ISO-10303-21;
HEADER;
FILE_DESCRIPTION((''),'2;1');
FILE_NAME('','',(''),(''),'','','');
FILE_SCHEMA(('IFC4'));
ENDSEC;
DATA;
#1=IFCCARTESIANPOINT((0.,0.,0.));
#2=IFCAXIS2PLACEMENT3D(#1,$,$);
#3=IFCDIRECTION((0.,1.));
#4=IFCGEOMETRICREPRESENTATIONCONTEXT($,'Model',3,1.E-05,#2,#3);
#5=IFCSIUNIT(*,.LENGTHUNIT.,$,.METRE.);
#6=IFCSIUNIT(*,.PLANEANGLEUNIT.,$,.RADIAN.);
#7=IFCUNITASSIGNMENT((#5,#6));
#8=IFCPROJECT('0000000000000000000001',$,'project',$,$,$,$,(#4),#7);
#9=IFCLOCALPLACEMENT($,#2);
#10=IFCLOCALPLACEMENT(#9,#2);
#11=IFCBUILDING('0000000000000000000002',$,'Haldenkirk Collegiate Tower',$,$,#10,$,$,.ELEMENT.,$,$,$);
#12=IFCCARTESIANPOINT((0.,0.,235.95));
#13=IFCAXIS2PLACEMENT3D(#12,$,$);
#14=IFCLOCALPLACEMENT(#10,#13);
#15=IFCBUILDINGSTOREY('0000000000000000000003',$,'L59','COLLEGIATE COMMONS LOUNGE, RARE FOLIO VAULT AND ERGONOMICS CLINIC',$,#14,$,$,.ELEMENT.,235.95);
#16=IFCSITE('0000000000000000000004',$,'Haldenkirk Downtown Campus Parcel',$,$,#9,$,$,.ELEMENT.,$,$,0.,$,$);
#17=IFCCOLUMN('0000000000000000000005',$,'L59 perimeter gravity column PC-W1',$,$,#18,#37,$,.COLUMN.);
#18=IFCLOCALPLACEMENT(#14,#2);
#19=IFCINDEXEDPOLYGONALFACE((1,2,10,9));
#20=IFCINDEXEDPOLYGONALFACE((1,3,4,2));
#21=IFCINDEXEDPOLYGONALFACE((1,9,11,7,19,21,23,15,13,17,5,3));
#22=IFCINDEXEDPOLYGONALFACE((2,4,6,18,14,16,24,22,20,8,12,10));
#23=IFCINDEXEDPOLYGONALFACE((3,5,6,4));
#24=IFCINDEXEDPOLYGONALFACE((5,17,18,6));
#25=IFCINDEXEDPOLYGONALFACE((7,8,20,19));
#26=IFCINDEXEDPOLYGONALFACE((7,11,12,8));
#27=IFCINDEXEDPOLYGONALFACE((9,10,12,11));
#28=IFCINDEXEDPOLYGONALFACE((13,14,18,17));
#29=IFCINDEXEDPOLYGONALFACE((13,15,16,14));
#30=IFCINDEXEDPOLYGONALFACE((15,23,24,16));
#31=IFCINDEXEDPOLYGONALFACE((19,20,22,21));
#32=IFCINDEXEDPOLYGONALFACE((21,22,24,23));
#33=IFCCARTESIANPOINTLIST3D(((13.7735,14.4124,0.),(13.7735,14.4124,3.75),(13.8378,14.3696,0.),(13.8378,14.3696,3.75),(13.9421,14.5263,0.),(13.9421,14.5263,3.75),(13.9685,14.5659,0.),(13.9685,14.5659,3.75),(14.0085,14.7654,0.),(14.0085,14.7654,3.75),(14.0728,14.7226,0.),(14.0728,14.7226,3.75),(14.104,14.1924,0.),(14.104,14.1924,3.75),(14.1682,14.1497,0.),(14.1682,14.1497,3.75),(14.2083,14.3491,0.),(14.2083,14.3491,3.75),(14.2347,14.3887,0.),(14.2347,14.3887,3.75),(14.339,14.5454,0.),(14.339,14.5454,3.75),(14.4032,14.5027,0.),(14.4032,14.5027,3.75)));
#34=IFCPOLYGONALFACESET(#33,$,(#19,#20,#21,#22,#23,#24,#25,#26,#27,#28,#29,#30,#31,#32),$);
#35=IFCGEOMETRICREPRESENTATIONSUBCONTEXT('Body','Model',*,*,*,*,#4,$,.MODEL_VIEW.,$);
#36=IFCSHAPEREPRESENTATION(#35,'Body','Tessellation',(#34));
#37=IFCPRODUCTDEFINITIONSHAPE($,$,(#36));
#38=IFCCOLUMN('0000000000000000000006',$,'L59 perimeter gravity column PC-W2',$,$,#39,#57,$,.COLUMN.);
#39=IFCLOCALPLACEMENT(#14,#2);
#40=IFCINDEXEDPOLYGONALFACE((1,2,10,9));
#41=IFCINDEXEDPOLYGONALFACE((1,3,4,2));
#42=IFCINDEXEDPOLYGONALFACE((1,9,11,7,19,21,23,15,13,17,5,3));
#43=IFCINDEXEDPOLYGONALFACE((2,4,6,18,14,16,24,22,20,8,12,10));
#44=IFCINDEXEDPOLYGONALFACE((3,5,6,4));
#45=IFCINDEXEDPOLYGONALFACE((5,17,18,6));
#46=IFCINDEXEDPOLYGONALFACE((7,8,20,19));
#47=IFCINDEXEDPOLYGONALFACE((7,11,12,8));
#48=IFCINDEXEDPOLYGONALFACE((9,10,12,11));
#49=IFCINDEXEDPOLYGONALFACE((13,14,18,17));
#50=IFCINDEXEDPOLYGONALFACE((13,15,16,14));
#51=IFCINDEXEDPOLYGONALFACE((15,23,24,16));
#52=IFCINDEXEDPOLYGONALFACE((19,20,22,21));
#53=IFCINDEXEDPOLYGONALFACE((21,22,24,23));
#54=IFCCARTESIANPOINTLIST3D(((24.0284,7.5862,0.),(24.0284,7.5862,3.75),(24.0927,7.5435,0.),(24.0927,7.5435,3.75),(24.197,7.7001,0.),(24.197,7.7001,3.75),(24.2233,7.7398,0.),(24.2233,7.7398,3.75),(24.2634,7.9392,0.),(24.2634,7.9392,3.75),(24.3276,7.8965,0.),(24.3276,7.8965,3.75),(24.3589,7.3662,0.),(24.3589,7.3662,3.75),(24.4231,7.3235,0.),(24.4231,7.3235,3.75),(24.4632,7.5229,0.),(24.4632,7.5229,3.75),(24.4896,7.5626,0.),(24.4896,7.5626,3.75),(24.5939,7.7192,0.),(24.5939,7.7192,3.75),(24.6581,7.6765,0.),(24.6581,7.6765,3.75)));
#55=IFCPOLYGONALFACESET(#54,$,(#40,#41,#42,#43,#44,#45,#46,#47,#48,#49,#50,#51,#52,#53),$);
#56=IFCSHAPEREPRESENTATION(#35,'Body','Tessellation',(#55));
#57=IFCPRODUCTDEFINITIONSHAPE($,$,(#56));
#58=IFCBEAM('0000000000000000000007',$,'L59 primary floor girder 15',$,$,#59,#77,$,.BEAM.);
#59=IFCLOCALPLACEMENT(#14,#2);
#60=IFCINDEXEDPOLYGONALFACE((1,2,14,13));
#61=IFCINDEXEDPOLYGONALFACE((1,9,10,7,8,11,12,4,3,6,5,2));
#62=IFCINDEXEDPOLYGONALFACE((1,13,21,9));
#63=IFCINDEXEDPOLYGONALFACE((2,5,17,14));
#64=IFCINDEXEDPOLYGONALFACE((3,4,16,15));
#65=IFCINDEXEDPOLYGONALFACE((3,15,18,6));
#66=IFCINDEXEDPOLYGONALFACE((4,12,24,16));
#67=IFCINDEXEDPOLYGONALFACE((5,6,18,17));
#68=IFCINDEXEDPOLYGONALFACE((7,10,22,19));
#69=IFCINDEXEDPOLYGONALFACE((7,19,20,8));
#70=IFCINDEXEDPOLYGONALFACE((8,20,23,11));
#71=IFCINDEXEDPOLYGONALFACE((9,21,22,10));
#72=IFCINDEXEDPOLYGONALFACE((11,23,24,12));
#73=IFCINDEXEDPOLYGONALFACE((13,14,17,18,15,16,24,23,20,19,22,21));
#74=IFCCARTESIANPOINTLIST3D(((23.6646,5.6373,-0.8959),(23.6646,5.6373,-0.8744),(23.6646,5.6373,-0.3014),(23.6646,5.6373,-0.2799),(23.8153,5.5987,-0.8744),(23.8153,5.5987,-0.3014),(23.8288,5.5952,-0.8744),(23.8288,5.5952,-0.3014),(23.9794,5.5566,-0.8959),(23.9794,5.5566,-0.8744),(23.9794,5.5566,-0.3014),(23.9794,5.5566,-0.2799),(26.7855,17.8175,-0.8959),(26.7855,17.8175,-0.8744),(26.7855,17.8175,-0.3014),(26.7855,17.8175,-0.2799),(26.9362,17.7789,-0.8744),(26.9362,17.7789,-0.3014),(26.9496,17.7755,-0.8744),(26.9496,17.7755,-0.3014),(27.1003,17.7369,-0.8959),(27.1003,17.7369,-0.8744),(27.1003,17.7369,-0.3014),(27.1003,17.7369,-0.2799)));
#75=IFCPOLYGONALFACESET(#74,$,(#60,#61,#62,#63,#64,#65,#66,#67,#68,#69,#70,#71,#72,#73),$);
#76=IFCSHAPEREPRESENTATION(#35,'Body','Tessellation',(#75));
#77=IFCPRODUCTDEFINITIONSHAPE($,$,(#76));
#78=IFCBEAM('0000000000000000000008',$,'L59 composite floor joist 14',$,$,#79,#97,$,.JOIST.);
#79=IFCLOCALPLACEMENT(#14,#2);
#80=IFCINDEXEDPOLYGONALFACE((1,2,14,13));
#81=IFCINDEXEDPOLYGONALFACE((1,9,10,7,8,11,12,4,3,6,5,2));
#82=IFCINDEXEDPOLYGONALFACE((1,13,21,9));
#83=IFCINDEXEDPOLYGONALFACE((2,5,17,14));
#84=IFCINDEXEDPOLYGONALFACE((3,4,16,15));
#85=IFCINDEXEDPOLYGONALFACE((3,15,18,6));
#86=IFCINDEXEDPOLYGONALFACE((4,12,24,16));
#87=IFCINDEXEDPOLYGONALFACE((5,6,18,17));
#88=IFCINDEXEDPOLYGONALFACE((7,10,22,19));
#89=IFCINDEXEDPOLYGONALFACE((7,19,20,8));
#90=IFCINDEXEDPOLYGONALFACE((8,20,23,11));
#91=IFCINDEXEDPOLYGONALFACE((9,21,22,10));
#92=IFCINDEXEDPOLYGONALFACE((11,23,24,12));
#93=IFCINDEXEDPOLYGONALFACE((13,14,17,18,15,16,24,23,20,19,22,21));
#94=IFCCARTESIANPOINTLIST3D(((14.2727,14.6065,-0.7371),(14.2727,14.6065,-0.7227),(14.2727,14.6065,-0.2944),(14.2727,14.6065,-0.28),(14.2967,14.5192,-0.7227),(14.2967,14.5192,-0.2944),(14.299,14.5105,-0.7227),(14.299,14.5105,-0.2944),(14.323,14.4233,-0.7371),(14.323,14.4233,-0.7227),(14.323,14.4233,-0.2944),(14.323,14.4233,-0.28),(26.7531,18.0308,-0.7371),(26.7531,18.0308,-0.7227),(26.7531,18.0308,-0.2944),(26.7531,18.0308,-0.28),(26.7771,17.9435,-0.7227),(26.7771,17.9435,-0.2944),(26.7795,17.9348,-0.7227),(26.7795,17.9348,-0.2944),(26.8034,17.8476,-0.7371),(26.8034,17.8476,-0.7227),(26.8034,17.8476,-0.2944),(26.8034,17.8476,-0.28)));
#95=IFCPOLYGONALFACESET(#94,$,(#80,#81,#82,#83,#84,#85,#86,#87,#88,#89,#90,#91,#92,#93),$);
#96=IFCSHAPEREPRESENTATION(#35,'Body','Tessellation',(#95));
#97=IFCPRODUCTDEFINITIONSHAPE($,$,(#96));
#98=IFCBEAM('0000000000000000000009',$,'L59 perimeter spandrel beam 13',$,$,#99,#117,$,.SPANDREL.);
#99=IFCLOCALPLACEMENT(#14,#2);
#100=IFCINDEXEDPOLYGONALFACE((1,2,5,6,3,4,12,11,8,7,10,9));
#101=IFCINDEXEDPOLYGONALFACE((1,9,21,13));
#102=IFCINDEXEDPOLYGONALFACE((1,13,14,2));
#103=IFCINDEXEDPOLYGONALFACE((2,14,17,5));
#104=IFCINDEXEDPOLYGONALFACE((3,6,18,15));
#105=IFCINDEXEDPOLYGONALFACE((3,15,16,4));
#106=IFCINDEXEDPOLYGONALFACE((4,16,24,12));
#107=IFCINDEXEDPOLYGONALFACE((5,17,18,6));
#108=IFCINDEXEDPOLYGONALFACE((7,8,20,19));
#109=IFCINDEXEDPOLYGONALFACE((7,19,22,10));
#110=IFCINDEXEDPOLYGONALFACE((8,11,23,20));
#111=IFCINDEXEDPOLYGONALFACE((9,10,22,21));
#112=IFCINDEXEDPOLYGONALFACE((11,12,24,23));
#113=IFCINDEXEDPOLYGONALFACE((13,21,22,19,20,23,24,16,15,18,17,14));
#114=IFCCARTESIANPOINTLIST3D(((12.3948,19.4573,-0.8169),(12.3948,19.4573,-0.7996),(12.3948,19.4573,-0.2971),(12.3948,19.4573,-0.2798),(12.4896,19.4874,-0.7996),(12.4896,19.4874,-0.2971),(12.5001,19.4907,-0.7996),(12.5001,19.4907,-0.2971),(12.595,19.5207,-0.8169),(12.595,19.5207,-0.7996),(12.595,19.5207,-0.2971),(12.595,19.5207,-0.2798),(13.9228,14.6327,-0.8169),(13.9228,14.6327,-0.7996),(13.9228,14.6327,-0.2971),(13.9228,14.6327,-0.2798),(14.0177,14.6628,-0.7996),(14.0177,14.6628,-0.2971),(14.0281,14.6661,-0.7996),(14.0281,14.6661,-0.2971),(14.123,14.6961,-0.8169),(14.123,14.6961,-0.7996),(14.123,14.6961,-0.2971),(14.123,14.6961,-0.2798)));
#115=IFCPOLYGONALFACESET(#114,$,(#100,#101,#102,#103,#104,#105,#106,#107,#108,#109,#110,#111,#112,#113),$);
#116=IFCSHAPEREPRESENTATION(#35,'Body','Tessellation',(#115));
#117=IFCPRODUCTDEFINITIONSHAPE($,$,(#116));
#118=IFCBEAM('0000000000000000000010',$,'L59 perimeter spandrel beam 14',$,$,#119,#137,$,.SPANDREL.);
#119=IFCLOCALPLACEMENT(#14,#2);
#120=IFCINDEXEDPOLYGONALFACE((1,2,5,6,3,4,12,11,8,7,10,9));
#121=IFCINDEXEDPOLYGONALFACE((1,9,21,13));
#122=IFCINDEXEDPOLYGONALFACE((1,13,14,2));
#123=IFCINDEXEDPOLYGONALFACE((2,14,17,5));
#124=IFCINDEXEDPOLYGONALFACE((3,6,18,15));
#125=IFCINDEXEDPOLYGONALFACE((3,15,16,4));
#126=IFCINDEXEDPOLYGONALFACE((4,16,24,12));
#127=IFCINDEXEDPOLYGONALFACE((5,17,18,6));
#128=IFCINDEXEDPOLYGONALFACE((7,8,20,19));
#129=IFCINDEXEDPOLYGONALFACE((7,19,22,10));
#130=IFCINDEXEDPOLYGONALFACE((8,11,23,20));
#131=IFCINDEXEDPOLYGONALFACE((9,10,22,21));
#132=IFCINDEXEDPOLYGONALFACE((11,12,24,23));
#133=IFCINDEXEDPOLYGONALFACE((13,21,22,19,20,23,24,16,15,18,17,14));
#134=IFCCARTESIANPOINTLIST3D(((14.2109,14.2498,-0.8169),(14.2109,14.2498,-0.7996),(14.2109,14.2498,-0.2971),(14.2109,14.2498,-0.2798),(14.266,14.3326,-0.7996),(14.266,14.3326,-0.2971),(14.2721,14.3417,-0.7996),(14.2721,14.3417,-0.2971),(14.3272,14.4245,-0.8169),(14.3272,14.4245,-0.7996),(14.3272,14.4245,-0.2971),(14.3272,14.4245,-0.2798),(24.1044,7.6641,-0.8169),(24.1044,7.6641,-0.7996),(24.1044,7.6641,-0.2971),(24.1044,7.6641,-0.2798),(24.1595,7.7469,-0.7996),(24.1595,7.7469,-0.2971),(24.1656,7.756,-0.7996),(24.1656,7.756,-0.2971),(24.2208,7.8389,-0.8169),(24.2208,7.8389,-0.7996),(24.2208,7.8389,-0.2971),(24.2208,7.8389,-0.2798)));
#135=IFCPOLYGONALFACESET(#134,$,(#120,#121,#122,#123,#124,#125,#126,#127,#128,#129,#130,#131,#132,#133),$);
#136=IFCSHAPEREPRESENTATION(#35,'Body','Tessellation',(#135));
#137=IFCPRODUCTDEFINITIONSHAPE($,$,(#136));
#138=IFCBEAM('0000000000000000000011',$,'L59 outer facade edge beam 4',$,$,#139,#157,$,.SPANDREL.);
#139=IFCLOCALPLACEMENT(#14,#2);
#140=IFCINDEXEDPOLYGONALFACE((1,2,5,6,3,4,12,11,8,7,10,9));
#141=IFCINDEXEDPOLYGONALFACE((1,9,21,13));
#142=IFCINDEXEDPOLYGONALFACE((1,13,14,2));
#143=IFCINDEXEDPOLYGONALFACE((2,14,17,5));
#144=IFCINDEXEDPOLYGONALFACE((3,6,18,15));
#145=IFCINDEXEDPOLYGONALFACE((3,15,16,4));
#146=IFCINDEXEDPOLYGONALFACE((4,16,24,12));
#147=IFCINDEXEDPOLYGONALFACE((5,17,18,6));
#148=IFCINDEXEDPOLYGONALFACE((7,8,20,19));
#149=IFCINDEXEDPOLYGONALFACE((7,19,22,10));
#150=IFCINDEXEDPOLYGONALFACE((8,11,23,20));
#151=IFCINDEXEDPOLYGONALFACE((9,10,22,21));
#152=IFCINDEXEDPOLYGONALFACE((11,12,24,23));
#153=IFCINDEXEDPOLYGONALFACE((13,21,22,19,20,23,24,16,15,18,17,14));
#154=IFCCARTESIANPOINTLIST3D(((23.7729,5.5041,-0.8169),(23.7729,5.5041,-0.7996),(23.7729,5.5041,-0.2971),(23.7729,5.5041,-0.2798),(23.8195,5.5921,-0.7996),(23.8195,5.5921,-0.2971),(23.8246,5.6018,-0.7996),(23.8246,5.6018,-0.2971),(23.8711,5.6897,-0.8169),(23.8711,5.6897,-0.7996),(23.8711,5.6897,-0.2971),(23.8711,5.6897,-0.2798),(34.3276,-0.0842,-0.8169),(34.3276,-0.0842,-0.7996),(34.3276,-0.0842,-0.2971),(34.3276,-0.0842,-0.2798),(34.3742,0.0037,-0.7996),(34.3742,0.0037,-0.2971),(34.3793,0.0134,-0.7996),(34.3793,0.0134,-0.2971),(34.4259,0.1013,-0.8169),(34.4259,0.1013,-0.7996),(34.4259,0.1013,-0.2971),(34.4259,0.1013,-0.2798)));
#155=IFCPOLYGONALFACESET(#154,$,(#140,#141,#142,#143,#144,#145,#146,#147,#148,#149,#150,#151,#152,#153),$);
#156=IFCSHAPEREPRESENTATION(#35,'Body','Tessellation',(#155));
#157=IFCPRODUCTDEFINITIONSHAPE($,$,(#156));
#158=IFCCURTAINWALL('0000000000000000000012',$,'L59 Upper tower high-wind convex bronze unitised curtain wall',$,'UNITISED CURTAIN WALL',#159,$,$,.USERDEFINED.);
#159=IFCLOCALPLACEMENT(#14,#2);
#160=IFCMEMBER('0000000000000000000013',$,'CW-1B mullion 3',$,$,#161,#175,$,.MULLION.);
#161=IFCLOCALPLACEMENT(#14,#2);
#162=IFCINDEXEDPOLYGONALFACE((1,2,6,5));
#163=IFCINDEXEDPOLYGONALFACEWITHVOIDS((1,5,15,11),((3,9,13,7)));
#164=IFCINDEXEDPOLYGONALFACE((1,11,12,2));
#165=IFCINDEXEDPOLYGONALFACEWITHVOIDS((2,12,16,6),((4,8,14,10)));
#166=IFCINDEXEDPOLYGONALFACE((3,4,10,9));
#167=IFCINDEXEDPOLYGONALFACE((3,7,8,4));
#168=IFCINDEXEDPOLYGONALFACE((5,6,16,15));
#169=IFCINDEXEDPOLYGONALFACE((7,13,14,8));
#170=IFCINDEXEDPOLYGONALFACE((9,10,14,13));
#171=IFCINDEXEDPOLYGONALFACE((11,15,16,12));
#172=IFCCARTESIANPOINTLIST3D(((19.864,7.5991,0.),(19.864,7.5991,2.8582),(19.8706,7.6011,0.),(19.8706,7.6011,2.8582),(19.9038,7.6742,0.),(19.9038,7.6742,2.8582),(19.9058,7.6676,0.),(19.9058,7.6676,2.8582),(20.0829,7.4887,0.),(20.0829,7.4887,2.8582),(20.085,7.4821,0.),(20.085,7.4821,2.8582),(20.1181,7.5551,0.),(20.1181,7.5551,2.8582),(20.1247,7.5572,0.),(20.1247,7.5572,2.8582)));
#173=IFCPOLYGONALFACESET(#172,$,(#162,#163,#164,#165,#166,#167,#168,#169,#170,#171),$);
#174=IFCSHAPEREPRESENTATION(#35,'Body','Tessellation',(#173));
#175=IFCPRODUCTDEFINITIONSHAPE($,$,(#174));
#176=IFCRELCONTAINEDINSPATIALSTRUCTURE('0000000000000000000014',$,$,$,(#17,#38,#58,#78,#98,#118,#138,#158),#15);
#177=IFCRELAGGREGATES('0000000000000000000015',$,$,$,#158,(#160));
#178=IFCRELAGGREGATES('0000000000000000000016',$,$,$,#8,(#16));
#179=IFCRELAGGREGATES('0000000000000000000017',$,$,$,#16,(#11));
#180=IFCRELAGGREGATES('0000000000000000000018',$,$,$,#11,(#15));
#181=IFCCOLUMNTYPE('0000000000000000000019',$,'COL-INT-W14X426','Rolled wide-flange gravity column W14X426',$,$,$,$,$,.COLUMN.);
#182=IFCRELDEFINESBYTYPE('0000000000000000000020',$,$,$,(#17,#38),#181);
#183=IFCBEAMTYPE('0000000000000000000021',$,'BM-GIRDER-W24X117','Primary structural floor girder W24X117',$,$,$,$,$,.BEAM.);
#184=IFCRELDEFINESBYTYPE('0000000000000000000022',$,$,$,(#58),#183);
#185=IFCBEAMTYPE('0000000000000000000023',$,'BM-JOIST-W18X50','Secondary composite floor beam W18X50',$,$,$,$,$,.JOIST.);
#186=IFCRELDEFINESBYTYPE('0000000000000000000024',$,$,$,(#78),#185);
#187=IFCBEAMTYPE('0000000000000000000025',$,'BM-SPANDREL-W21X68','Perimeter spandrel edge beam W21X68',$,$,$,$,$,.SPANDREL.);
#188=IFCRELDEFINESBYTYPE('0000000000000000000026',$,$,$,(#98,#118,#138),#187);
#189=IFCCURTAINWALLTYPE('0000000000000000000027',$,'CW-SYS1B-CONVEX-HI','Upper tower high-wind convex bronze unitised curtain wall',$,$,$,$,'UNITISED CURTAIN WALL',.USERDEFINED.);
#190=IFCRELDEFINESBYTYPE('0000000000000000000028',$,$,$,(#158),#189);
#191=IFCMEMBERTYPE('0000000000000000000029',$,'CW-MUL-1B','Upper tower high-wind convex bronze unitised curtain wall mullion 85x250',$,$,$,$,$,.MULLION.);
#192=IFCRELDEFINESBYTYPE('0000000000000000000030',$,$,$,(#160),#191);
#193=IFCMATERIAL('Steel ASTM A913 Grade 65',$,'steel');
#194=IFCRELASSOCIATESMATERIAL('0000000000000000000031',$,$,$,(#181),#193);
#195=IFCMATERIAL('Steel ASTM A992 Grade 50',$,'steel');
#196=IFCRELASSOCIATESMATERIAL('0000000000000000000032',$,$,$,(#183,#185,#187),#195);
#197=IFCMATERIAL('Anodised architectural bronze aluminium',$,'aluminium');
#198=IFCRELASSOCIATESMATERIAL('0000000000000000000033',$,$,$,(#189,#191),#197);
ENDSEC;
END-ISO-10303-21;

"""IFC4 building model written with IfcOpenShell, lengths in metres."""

from ifc_helpers import new_model, si_unit, direction, frame, origin, origin_2d, place, context, subcontext, project, spatial, hollow_rectangle, i_section, extrude, material, material_profile, profile_set, type_object, element, aggregate, save


model = new_model("IFC4")

# Units and contexts
model_context = context("Model", 3, precision=1e-05, world=origin(), true_north=direction((0.0, 1.0)))
body_context = subcontext(model_context, "Body", "Model", "MODEL_VIEW")
ifc_project = project(units=[si_unit("LENGTHUNIT", "METRE"), si_unit("PLANEANGLEUNIT", "RADIAN")], contexts=[model_context])

# Site, building, storey
site_placement = place(None, origin())
site = spatial("IfcSite", under=ifc_project, at=site_placement, Name="Haldenkirk Downtown Campus Parcel", CompositionType="ELEMENT", RefElevation=0.0)
building_placement = place(site_placement, origin())
building = spatial("IfcBuilding", under=site, at=building_placement, Name="Haldenkirk Collegiate Tower", CompositionType="ELEMENT")
storey_placement = place(building_placement, frame((0.0, 0.0, 235.95)))
storey = spatial("IfcBuildingStorey", under=building, at=storey_placement, Name="L59", Description="COLLEGIATE COMMONS LOUNGE, RARE FOLIO VAULT AND ERGONOMICS CLINIC", CompositionType="ELEMENT", Elevation=235.95)

# Columns
ifc_material_1 = material(Name="Steel ASTM A913 Grade 65", Category="steel")
ifc_material_profile_1 = material_profile(ifc_material_1, i_section(OverallWidth=0.4241, OverallDepth=0.4741, WebThickness=0.0476, FlangeThickness=0.0771, at=origin_2d()), Name="W14X426")
ifc_profile_set_1 = profile_set([ifc_material_profile_1], Name="Steel ASTM A913 Grade 65")
column_type = type_object("IfcColumnType", Name="COL-INT-W14X426", Description="Rolled wide-flange gravity column W14X426", PredefinedType="COLUMN", material=ifc_profile_set_1)
for number, where, z_axis, x_axis, name in (
    (1, (14.0884, 14.4575, 0.0), (0.0, 0.0, 1.0), (0.554118, 0.832438, 0.0), "L59 perimeter gravity column PC-W1"),
    (2, (24.3433, 7.6313, 0.0), (0.0, 0.0, 1.0), (0.554118, 0.832438, 0.0), "L59 perimeter gravity column PC-W2"),
):
    element("IfcColumn", number, at=place(storey_placement, frame(where, z_axis=z_axis, x_axis=x_axis)), inside=storey, type_object=column_type, Name=name, PredefinedType="COLUMN", context=body_context, shape_type="SweptSolid", body=[
        extrude(i_section(OverallWidth=0.4241, OverallDepth=0.4741, WebThickness=0.0476, FlangeThickness=0.0771, at=origin_2d()), origin(), (0.0, 0.0, 1.0), 3.75),
    ])

# Beams
ifc_material_2 = material(Name="Steel ASTM A992 Grade 50", Category="steel")
ifc_material_profile_2 = material_profile(ifc_material_2, i_section(OverallWidth=0.325, OverallDepth=0.616, WebThickness=0.0139, FlangeThickness=0.0215, at=origin_2d()), Name="W24X117")
ifc_profile_set_2 = profile_set([ifc_material_profile_2], Name="Steel ASTM A992 Grade 50")
beam_type_1 = type_object("IfcBeamType", Name="BM-GIRDER-W24X117", Description="Primary structural floor girder W24X117", PredefinedType="BEAM", material=ifc_profile_set_2)
beam_1_placement = place(storey_placement, frame((23.822, 5.5969, -0.5879), z_axis=(0.248206, 0.968707, 0.0), x_axis=(-0.968707, 0.248206, 0.0)))
element("IfcBeam", 3, at=beam_1_placement, inside=storey, type_object=beam_type_1, Name="L59 primary floor girder 15", PredefinedType="BEAM", context=body_context, shape_type="SweptSolid", body=[
    extrude(i_section(OverallWidth=0.325, OverallDepth=0.616, WebThickness=0.0139, FlangeThickness=0.0215, at=origin_2d()), origin(), (0.0, 0.0, 1.0), 12.5737),
])
ifc_material_profile_3 = material_profile(ifc_material_2, i_section(OverallWidth=0.1899, OverallDepth=0.457, WebThickness=0.009, FlangeThickness=0.0144, at=origin_2d()), Name="W18X50")
ifc_profile_set_3 = profile_set([ifc_material_profile_3], Name="Steel ASTM A992 Grade 50")
beam_type_2 = type_object("IfcBeamType", Name="BM-JOIST-W18X50", Description="Secondary composite floor beam W18X50", PredefinedType="JOIST", material=ifc_profile_set_3)
beam_2_placement = place(storey_placement, frame((14.2979, 14.5149, -0.5085), z_axis=(0.96436, 0.264595, 0.0), x_axis=(-0.264595, 0.96436, 0.0)))
element("IfcBeam", 4, at=beam_2_placement, inside=storey, type_object=beam_type_2, Name="L59 composite floor joist 14", PredefinedType="JOIST", context=body_context, shape_type="SweptSolid", body=[
    extrude(i_section(OverallWidth=0.1899, OverallDepth=0.457, WebThickness=0.009, FlangeThickness=0.0144, at=origin_2d()), origin(), (0.0, 0.0, 1.0), 12.9417),
])
ifc_material_profile_4 = material_profile(ifc_material_2, i_section(OverallWidth=0.21, OverallDepth=0.5371, WebThickness=0.011, FlangeThickness=0.0173, at=origin_2d()), Name="W21X68")
ifc_profile_set_4 = profile_set([ifc_material_profile_4], Name="Steel ASTM A992 Grade 50")
beam_type_3 = type_object("IfcBeamType", Name="BM-SPANDREL-W21X68", Description="Perimeter spandrel edge beam W21X68", PredefinedType="SPANDREL", material=ifc_profile_set_4)
beam_3_placement = place(storey_placement, frame((12.4949, 19.489, -0.5483), z_axis=(0.301937, -0.953328, 0.0), x_axis=(0.953328, 0.301937, 0.0)))
element("IfcBeam", 5, at=beam_3_placement, inside=storey, type_object=beam_type_3, Name="L59 perimeter spandrel beam 13", PredefinedType="SPANDREL", context=body_context, shape_type="SweptSolid", body=[
    extrude(i_section(OverallWidth=0.21, OverallDepth=0.5371, WebThickness=0.011, FlangeThickness=0.0173, at=origin_2d()), origin(), (0.0, 0.0, 1.0), 5.0608),
])
beam_4_placement = place(storey_placement, frame((14.269, 14.3372, -0.5483), z_axis=(0.832439, -0.554117, 0.0), x_axis=(0.554117, 0.832439, 0.0)))
element("IfcBeam", 6, at=beam_4_placement, inside=storey, type_object=beam_type_3, Name="L59 perimeter spandrel beam 14", PredefinedType="SPANDREL", context=body_context, shape_type="SweptSolid", body=[
    extrude(i_section(OverallWidth=0.21, OverallDepth=0.5371, WebThickness=0.011, FlangeThickness=0.0173, at=origin_2d()), origin(), (0.0, 0.0, 1.0), 11.885),
])
beam_5_placement = place(storey_placement, frame((23.822, 5.5969, -0.5483), z_axis=(0.883767, -0.467927, 0.0), x_axis=(0.467927, 0.883767, 0.0)))
element("IfcBeam", 7, at=beam_5_placement, inside=storey, type_object=beam_type_3, Name="L59 outer facade edge beam 4", PredefinedType="SPANDREL", context=body_context, shape_type="SweptSolid", body=[
    extrude(i_section(OverallWidth=0.21, OverallDepth=0.5371, WebThickness=0.011, FlangeThickness=0.0173, at=origin_2d()), origin(), (0.0, 0.0, 1.0), 11.9429),
])

# Curtain wall, member
ifc_material_3 = material(Name="Anodised architectural bronze aluminium", Category="aluminium")
curtain_wall_type = type_object("IfcCurtainWallType", Name="CW-SYS1B-CONVEX-HI", Description="Upper tower high-wind convex bronze unitised curtain wall", ElementType="UNITISED CURTAIN WALL", PredefinedType="USERDEFINED", material=ifc_material_3)
curtain_wall_placement = place(storey_placement, origin())
curtain_wall = element("IfcCurtainWall", 8, at=curtain_wall_placement, inside=storey, type_object=curtain_wall_type, Name="L59 Upper tower high-wind convex bronze unitised curtain wall", ObjectType="UNITISED CURTAIN WALL", PredefinedType="USERDEFINED")
ifc_material_profile_5 = material_profile(ifc_material_3, hollow_rectangle(XDim=0.085, YDim=0.25, WallThickness=0.0049, at=origin_2d()), Name="CW-MUL-1B")
ifc_profile_set_5 = profile_set([ifc_material_profile_5], Name="Anodised architectural bronze aluminium")
member_type_1 = type_object("IfcMemberType", Name="CW-MUL-1B", Description="Upper tower high-wind convex bronze unitised curtain wall mullion 85x250", PredefinedType="MULLION", material=ifc_profile_set_5)
member_1_placement = place(storey_placement, frame((19.9944, 7.5781, 0.0), z_axis=(0.0, 0.0, 1.0), x_axis=(-0.467931, -0.883765, 0.0)))
member_1 = element("IfcMember", 9, at=member_1_placement, type_object=member_type_1, Name="CW-1B mullion 3", PredefinedType="MULLION", context=body_context, shape_type="SweptSolid", body=[
    extrude(hollow_rectangle(XDim=0.085, YDim=0.25, WallThickness=0.0049, at=origin_2d()), origin(), (0.0, 0.0, 1.0), 2.8582),
])
aggregate(curtain_wall, [member_1])

save(model, "model.ifc")
